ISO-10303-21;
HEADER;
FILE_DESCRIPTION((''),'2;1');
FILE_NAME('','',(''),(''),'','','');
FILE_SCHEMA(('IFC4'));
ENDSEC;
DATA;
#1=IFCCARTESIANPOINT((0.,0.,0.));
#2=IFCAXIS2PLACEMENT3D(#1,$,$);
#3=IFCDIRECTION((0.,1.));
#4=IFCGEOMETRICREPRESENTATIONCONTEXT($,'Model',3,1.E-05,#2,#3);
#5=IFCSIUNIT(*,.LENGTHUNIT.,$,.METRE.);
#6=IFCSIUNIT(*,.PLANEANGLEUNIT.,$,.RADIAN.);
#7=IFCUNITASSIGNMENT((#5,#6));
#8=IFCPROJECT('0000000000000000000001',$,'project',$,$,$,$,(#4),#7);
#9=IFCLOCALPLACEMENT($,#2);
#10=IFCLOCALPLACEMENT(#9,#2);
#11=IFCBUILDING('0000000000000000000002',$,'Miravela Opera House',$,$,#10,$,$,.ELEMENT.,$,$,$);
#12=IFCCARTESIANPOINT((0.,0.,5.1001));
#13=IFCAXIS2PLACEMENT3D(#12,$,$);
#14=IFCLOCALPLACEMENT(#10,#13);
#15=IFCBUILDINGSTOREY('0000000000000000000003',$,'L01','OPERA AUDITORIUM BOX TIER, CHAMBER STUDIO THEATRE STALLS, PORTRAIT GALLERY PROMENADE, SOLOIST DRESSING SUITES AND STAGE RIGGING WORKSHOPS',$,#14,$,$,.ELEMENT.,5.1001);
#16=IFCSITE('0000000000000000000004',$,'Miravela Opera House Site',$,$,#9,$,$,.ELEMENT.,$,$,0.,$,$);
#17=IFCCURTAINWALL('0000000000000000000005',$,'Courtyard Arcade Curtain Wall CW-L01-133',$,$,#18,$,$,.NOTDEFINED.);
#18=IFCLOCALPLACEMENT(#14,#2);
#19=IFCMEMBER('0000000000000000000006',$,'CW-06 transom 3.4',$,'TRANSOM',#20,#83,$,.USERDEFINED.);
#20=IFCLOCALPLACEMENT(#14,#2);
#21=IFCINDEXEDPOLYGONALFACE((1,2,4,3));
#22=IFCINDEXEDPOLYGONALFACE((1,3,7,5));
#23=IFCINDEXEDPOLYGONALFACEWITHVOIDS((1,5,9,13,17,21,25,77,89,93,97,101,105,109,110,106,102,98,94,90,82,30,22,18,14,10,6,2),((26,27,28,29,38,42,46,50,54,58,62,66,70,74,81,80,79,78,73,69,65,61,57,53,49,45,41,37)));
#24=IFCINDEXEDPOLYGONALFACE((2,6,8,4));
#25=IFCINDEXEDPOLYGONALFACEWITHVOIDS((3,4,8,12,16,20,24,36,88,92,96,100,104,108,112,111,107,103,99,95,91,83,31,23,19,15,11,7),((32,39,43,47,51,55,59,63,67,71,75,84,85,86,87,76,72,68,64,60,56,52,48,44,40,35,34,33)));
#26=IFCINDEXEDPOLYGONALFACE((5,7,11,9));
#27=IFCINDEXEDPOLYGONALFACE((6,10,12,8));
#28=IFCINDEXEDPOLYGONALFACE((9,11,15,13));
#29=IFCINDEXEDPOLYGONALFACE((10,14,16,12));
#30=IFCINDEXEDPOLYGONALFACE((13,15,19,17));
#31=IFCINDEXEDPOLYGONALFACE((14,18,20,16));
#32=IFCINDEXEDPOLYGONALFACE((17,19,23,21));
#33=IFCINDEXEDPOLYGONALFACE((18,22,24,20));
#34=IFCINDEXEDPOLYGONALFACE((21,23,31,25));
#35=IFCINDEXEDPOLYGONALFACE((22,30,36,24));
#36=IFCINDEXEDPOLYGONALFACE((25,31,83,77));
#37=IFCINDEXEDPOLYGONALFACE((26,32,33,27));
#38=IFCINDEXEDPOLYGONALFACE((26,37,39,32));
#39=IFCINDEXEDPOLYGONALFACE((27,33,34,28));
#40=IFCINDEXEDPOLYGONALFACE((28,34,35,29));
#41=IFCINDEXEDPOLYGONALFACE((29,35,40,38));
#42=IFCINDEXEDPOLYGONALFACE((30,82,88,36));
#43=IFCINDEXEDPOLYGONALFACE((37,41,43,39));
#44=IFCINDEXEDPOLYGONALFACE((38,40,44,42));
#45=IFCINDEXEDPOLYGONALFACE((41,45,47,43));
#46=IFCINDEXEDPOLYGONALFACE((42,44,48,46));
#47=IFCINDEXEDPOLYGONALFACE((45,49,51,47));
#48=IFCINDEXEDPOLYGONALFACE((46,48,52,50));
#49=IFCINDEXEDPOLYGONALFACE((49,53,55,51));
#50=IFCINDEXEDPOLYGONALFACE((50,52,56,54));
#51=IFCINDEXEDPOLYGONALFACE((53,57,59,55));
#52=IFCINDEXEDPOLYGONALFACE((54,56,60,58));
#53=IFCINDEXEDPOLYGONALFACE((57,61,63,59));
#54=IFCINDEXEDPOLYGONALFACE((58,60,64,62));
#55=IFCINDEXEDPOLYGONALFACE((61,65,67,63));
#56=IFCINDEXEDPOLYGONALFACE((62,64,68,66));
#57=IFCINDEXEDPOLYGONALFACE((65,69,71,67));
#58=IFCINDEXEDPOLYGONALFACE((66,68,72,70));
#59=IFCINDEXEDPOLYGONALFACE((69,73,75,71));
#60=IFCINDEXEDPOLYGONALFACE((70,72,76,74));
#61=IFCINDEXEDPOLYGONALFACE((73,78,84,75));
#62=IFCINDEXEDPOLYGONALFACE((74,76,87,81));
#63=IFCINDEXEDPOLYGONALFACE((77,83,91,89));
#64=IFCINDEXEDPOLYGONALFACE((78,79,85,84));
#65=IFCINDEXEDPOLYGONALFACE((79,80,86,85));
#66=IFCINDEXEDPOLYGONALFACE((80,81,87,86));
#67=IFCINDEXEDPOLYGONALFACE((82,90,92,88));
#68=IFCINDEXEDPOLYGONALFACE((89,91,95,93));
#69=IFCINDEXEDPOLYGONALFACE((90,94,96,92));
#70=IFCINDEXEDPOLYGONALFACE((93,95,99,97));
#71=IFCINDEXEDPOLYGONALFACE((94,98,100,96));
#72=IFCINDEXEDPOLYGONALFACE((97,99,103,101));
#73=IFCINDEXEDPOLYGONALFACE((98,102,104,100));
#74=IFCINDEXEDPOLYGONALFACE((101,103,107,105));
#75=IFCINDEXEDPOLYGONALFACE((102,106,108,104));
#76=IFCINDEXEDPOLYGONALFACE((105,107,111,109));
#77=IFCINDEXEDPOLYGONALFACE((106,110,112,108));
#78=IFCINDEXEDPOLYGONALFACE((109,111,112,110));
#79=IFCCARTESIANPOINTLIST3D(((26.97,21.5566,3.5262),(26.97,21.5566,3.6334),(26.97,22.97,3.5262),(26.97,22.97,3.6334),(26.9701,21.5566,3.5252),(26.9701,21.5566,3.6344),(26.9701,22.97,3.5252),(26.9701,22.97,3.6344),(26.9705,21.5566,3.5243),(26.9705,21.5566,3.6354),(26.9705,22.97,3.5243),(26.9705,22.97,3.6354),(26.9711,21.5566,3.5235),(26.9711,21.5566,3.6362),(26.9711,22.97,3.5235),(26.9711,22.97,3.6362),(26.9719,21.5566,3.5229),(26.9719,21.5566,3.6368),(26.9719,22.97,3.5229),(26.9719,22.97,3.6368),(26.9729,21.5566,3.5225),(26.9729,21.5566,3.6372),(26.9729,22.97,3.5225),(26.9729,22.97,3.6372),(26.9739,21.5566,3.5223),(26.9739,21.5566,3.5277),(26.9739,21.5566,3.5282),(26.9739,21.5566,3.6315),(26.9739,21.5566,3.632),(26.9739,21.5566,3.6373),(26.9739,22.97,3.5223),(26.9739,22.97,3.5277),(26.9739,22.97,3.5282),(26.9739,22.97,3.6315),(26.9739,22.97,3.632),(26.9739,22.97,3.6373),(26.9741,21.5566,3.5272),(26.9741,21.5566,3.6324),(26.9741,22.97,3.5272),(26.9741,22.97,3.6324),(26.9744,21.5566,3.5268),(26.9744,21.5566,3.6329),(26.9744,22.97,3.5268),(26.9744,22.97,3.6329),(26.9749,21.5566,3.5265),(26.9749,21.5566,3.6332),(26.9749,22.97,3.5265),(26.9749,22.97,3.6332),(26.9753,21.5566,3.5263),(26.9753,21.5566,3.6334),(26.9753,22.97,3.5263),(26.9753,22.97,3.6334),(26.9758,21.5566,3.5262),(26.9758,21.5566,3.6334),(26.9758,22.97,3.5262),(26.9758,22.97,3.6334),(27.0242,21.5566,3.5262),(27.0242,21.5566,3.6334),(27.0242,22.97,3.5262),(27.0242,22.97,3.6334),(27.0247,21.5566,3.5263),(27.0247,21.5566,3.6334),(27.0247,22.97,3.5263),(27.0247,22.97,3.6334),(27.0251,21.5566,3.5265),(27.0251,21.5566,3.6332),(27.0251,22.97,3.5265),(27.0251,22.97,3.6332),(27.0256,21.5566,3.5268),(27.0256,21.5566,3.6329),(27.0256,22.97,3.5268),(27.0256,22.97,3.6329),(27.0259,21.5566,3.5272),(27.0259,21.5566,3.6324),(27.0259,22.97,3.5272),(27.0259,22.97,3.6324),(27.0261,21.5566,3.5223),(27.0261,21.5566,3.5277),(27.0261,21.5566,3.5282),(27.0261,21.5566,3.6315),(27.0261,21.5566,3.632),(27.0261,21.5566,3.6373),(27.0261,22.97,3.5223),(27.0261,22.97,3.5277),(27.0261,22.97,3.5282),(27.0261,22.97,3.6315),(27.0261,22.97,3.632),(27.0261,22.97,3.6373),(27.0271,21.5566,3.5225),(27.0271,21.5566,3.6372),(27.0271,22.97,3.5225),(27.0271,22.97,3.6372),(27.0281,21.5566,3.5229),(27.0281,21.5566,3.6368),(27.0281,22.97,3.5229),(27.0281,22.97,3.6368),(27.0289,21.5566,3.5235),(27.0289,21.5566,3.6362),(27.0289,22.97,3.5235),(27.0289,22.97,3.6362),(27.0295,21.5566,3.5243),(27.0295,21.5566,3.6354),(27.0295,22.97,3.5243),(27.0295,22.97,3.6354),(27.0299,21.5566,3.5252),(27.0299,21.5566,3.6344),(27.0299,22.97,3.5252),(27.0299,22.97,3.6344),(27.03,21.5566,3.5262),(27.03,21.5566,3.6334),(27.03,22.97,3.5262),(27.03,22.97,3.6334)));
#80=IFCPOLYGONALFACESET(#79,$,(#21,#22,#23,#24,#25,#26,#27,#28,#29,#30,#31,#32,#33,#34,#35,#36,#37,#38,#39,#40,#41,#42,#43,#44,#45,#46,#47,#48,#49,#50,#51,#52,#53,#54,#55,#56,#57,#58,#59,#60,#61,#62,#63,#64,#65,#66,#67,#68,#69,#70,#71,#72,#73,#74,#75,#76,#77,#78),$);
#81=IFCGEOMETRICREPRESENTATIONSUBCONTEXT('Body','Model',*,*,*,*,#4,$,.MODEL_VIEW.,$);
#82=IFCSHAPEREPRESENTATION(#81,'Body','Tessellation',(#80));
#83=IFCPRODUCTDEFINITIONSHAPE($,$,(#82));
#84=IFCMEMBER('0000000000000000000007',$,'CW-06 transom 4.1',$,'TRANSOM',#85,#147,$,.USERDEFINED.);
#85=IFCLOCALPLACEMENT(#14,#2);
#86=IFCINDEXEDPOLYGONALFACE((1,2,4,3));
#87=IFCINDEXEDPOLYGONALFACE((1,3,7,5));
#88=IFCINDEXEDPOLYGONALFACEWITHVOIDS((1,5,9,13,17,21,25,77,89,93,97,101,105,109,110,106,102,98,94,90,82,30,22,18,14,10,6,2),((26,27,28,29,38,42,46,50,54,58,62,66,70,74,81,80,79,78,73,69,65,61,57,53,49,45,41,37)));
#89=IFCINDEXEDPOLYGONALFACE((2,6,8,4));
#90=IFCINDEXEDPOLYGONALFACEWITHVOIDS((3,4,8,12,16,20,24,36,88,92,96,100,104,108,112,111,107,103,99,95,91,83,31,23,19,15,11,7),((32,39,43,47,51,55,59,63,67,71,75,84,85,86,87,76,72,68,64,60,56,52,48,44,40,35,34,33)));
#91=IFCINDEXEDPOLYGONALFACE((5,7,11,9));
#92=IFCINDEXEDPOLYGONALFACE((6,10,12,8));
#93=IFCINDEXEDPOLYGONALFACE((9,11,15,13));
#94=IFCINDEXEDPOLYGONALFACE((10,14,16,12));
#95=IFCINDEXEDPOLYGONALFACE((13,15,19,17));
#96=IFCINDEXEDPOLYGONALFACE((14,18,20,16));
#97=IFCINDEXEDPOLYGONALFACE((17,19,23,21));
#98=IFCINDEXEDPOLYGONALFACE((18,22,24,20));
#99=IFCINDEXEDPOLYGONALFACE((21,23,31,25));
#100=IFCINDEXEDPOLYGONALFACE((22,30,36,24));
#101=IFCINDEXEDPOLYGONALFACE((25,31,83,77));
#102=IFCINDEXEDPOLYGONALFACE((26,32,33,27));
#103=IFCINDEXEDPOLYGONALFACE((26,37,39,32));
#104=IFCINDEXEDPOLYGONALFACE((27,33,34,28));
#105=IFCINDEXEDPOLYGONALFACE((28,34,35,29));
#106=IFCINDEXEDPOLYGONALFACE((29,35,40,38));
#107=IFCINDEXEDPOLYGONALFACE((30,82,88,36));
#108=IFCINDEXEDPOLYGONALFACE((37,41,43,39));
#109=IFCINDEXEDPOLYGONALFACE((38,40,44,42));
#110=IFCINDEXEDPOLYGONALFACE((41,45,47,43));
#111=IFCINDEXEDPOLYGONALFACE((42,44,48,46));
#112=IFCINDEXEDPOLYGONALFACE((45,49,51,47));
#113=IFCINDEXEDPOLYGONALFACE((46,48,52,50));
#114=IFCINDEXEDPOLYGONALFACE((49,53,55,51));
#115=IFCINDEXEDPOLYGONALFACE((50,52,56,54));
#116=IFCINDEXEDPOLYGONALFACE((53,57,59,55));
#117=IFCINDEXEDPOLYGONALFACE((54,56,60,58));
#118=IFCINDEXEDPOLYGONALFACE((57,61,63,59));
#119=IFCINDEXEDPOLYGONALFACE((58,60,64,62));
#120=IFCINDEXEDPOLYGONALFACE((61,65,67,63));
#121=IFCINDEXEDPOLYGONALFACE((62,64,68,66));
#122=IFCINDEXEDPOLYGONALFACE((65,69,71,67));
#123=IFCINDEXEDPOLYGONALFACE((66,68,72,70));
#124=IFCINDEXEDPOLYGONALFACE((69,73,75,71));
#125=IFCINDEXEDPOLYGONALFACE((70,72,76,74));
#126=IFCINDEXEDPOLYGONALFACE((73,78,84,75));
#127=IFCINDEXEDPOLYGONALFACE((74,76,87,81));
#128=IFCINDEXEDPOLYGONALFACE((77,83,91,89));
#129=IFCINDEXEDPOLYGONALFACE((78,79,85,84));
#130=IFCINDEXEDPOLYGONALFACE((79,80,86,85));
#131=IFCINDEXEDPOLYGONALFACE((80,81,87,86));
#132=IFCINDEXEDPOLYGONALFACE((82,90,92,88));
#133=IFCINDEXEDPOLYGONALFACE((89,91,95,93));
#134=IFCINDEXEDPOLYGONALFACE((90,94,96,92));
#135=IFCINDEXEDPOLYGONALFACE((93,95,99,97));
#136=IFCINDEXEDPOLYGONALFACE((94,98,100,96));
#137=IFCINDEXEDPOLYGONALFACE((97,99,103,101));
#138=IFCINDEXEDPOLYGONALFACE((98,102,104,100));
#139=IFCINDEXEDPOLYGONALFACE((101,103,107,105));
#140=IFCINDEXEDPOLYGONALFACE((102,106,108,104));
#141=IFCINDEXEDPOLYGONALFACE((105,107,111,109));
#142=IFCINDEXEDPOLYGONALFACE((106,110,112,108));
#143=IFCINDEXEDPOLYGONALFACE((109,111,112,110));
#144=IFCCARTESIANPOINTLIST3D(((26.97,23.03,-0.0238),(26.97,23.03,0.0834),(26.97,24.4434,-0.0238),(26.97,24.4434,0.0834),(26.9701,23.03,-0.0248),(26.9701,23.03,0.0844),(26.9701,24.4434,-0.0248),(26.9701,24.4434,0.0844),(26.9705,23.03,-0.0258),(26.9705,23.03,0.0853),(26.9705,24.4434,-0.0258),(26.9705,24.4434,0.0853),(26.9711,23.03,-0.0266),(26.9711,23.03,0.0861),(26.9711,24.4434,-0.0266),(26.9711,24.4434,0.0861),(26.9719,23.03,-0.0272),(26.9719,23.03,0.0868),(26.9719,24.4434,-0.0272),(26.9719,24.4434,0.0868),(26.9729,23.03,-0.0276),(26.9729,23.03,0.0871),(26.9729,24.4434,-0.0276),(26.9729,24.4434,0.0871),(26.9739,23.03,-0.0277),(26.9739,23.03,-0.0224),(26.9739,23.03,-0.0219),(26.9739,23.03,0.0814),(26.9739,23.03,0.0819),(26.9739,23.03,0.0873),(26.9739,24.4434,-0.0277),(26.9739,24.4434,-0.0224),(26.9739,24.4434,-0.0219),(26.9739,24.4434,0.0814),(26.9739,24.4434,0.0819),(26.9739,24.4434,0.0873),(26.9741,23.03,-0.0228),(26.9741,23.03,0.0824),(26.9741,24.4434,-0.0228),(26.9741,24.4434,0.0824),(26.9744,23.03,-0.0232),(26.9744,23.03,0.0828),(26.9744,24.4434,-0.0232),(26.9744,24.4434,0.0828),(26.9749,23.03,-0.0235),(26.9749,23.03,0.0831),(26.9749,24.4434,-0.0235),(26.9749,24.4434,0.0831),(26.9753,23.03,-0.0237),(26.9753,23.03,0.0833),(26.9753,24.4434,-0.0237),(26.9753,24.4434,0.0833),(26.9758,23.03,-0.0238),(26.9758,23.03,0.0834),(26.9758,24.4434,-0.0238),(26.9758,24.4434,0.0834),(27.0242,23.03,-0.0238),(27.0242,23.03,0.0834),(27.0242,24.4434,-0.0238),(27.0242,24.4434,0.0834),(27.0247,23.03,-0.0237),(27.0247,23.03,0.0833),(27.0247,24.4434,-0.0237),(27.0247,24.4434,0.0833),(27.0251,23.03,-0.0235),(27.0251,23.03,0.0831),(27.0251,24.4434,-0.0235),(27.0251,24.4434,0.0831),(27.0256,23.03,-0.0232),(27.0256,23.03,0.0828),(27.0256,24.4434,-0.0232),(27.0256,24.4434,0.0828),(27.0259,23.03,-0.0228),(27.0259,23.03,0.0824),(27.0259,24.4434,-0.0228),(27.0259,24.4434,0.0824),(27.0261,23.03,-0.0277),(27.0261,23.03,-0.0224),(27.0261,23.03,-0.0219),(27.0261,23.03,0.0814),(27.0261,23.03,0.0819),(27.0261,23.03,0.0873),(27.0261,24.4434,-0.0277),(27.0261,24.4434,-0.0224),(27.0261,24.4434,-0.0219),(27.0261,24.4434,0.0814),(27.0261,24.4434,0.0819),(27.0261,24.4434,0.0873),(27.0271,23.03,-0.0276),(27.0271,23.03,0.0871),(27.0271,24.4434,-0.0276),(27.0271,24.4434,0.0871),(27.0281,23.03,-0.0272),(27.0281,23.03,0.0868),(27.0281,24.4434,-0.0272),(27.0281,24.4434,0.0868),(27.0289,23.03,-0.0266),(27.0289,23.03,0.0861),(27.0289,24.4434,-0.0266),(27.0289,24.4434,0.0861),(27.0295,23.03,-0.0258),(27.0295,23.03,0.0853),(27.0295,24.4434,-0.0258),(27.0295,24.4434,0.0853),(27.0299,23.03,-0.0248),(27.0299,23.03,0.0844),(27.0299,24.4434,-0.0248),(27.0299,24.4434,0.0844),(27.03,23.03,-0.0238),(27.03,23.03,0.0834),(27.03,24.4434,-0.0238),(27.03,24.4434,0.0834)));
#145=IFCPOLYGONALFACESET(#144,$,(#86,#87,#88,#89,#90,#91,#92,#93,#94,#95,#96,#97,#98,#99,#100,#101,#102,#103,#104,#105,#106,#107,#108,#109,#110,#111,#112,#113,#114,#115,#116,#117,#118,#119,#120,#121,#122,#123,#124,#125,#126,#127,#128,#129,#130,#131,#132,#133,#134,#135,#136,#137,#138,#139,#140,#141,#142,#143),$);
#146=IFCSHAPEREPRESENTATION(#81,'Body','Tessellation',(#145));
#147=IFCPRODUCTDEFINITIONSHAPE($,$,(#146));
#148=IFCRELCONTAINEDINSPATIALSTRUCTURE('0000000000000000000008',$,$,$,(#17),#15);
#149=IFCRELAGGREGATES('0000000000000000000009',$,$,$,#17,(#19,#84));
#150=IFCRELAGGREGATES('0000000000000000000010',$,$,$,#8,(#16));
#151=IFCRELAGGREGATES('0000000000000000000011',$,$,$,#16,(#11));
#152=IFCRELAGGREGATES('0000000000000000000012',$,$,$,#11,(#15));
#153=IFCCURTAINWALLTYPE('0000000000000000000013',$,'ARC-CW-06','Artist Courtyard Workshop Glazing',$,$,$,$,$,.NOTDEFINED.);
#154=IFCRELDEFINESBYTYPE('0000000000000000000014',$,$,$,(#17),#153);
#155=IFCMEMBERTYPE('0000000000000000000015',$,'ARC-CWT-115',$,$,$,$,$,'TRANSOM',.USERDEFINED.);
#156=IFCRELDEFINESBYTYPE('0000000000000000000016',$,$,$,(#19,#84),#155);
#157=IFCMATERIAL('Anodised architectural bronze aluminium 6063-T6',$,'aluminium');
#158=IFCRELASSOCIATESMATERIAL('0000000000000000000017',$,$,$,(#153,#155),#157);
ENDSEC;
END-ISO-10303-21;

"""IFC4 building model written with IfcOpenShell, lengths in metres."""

from ifc_helpers import new_model, si_unit, direction, frame, origin, origin_2d, place, context, subcontext, project, spatial, hollow_rectangle, extrude, material, material_profile, profile_set, type_object, element, aggregate, save


model = new_model("IFC4")

# Units and contexts
model_context = context("Model", 3, precision=1e-05, world=origin(), true_north=direction((0.0, 1.0)))
body_context = subcontext(model_context, "Body", "Model", "MODEL_VIEW")
ifc_project = project(units=[si_unit("LENGTHUNIT", "METRE"), si_unit("PLANEANGLEUNIT", "RADIAN")], contexts=[model_context])

# Site, building, storey
site_placement = place(None, origin())
site = spatial("IfcSite", under=ifc_project, at=site_placement, Name="Miravela Opera House Site", CompositionType="ELEMENT", RefElevation=0.0)
building_placement = place(site_placement, origin())
building = spatial("IfcBuilding", under=site, at=building_placement, Name="Miravela Opera House", CompositionType="ELEMENT")
storey_placement = place(building_placement, frame((0.0, 0.0, 5.1001)))
storey = spatial("IfcBuildingStorey", under=building, at=storey_placement, Name="L01", Description="OPERA AUDITORIUM BOX TIER, CHAMBER STUDIO THEATRE STALLS, PORTRAIT GALLERY PROMENADE, SOLOIST DRESSING SUITES AND STAGE RIGGING WORKSHOPS", CompositionType="ELEMENT", Elevation=5.1001)

# Curtain wall, members
ifc_material_1 = material(Name="Anodised architectural bronze aluminium 6063-T6", Category="aluminium")
curtain_wall_type = type_object("IfcCurtainWallType", Name="ARC-CW-06", Description="Artist Courtyard Workshop Glazing", PredefinedType="NOTDEFINED", material=ifc_material_1)
curtain_wall_placement = place(storey_placement, origin())
curtain_wall = element("IfcCurtainWall", 1, at=curtain_wall_placement, inside=storey, type_object=curtain_wall_type, Name="Courtyard Arcade Curtain Wall CW-L01-133", PredefinedType="NOTDEFINED")
ifc_material_profile_1 = material_profile(ifc_material_1, hollow_rectangle(XDim=0.0601, YDim=0.115, WallThickness=0.0039, InnerFilletRadius=0.002, OuterFilletRadius=0.0039, at=origin_2d()), Name="CWT-60X115")
ifc_profile_set_1 = profile_set([ifc_material_profile_1])
member_type_1 = type_object("IfcMemberType", Name="ARC-CWT-115", ElementType="TRANSOM", PredefinedType="USERDEFINED", material=ifc_profile_set_1)
member_1_placement = place(storey_placement, frame((27.0, 21.5566, 3.5798), z_axis=(0.0, 1.0, 0.0), x_axis=(-1.0, 0.0, 0.0)))
member_1 = element("IfcMember", 2, at=member_1_placement, type_object=member_type_1, Name="CW-06 transom 3.4", ObjectType="TRANSOM", PredefinedType="USERDEFINED", context=body_context, shape_type="SweptSolid", body=[
    extrude(hollow_rectangle(XDim=0.0601, YDim=0.115, WallThickness=0.0039, InnerFilletRadius=0.002, OuterFilletRadius=0.0039, at=origin_2d()), origin(), (0.0, 0.0, 1.0), 1.4133),
])
member_2_placement = place(storey_placement, frame((27.0, 23.03, 0.0298), z_axis=(0.0, 1.0, 0.0), x_axis=(-1.0, 0.0, 0.0)))
member_2 = element("IfcMember", 3, at=member_2_placement, type_object=member_type_1, Name="CW-06 transom 4.1", ObjectType="TRANSOM", PredefinedType="USERDEFINED", context=body_context, shape_type="SweptSolid", body=[
    extrude(hollow_rectangle(XDim=0.0601, YDim=0.115, WallThickness=0.0039, InnerFilletRadius=0.002, OuterFilletRadius=0.0039, at=origin_2d()), origin(), (0.0, 0.0, 1.0), 1.4133),
])
aggregate(curtain_wall, [member_1, member_2])

save(model, "model.ifc")
